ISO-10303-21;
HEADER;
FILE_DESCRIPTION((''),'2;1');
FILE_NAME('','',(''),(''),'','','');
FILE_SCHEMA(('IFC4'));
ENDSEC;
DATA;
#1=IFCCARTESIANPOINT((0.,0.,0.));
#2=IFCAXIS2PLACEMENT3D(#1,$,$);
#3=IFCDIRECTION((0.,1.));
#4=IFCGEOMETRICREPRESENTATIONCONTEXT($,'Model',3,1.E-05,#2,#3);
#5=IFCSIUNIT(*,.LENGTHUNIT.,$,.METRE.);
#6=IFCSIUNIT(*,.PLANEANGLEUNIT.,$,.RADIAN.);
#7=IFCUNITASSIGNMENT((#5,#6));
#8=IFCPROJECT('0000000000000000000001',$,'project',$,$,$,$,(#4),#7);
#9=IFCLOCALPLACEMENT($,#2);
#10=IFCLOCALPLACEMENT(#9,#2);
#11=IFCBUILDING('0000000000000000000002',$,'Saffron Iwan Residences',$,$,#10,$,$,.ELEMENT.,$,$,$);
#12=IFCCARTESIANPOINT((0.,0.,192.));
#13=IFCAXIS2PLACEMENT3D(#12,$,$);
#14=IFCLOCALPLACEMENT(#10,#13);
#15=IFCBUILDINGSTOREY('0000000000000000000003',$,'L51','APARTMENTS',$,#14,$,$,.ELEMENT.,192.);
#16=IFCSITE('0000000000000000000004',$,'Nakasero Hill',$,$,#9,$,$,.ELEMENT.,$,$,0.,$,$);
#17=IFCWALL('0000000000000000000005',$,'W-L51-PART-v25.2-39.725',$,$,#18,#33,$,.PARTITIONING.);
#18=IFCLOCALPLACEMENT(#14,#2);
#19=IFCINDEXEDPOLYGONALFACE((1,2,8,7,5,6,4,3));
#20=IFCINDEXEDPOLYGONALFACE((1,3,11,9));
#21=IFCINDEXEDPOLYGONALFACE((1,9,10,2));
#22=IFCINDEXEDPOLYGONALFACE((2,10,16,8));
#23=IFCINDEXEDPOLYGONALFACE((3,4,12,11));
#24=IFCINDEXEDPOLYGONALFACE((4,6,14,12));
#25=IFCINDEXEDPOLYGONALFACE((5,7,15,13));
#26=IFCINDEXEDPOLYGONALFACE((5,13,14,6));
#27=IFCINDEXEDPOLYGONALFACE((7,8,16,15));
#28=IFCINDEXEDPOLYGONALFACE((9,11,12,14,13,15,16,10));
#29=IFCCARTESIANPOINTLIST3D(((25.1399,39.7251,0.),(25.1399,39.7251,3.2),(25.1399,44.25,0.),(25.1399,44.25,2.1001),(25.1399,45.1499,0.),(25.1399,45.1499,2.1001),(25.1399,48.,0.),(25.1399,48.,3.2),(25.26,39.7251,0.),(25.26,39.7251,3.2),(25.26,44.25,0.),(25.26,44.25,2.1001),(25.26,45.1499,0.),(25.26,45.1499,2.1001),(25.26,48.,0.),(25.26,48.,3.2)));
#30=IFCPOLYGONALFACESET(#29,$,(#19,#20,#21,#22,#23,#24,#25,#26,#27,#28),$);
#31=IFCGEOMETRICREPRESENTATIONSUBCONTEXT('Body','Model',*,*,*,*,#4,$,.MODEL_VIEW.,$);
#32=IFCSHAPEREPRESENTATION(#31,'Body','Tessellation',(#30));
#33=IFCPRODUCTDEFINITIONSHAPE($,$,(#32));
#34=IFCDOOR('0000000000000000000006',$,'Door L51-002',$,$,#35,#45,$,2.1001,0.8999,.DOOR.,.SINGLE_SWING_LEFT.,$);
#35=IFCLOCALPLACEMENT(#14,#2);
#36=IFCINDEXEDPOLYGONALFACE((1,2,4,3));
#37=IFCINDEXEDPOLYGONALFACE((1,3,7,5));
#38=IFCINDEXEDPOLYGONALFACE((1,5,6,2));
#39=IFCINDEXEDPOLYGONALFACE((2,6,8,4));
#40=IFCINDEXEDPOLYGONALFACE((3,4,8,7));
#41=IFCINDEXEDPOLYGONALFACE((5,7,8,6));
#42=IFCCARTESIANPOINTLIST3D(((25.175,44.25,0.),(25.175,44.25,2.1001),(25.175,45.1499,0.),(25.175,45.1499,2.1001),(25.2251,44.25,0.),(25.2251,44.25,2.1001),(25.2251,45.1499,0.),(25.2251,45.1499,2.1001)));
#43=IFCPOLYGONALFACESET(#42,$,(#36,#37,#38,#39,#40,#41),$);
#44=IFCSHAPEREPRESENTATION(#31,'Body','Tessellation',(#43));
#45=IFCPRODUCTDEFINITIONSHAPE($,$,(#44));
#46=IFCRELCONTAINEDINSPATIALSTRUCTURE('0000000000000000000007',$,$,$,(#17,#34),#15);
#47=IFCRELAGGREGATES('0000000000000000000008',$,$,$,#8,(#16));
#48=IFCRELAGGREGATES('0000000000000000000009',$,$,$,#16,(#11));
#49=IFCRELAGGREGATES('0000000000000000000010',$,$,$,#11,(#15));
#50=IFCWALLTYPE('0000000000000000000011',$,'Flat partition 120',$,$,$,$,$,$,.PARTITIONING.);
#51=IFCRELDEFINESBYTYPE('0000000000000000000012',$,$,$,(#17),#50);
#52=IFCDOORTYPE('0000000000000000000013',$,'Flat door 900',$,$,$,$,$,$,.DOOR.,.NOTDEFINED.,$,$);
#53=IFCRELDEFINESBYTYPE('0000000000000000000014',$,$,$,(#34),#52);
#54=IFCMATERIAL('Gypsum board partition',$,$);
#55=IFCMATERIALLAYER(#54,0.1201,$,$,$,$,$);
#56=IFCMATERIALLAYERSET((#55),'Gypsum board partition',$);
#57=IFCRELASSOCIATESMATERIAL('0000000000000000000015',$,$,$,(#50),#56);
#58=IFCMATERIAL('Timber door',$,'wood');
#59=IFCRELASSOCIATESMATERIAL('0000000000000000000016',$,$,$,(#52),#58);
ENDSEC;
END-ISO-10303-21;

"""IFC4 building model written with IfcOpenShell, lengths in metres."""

from ifc_helpers import new_model, si_unit, direction, frame, frame_2d, origin, place, context, subcontext, project, spatial, rectangle, extrude, material, layer, layer_set, type_object, element, fill, save


model = new_model("IFC4")

# Units and contexts
model_context = context("Model", 3, precision=1e-05, world=origin(), true_north=direction((0.0, 1.0)))
body_context = subcontext(model_context, "Body", "Model", "MODEL_VIEW")
ifc_project = project(units=[si_unit("LENGTHUNIT", "METRE"), si_unit("PLANEANGLEUNIT", "RADIAN")], contexts=[model_context])

# Site, building, storey
site_placement = place(None, origin())
site = spatial("IfcSite", under=ifc_project, at=site_placement, Name="Nakasero Hill", CompositionType="ELEMENT", RefElevation=0.0)
building_placement = place(site_placement, origin())
building = spatial("IfcBuilding", under=site, at=building_placement, Name="Saffron Iwan Residences", CompositionType="ELEMENT")
storey_placement = place(building_placement, frame((0.0, 0.0, 192.0)))
storey = spatial("IfcBuildingStorey", under=building, at=storey_placement, Name="L51", Description="APARTMENTS", CompositionType="ELEMENT", Elevation=192.0)

# Shared definitions
ifc_material_1 = material(Name="Gypsum board partition")
ifc_layer_1 = layer(ifc_material_1, 0.1201)
ifc_layer_set_1 = layer_set([ifc_layer_1], Name="Gypsum board partition")
wall_type_1 = type_object("IfcWallType", Name="Flat partition 120", PredefinedType="PARTITIONING", material=ifc_layer_set_1)

# Shared definitions
ifc_material_2 = material(Name="Timber door", Category="wood")
door_type_1 = type_object("IfcDoorType", Name="Flat door 900", OperationType="NOTDEFINED", PredefinedType="DOOR", material=ifc_material_2)

# Wall, opening, door
wall_1_placement = place(storey_placement, frame((25.2, 39.7251, 0.0), z_axis=(0.0, 0.0, 1.0), x_axis=(0.0, 1.0, 0.0)))
wall_1 = element("IfcWall", 1, at=wall_1_placement, inside=storey, type_object=wall_type_1, Name="W-L51-PART-v25.2-39.725", PredefinedType="PARTITIONING", context=body_context, shape_type="SweptSolid", body=[
    extrude(rectangle(XDim=8.2749, YDim=0.1201, at=frame_2d((4.1375, 0.0))), origin(), (0.0, 0.0, 1.0), 3.2),
])
opening_1_placement = place(wall_1_placement, frame((4.5249, 0.0, 0.0)))
opening_1 = element("IfcOpeningElement", 2, at=opening_1_placement, cuts=wall_1, PredefinedType="OPENING", context=body_context, shape_type="SweptSolid", body=[
    extrude(rectangle(XDim=0.8999, YDim=2.1001, at=frame_2d((0.45, 1.05))), frame((0.0, 0.0701, 0.0), z_axis=(0.0, -1.0, 0.0), x_axis=(1.0, 0.0, 0.0)), (0.0, 0.0, 1.0), 0.1401),
])
door_1_placement = place(opening_1_placement, origin())
door_1 = element("IfcDoor", 3, at=door_1_placement, inside=storey, type_object=door_type_1, Name="Door L51-002", OperationType="SINGLE_SWING_LEFT", OverallHeight=2.1001, OverallWidth=0.8999, PredefinedType="DOOR", context=body_context, shape_type="SweptSolid", body=[
    extrude(rectangle(XDim=0.8999, YDim=2.1001, at=frame_2d((0.45, 1.05))), frame((0.0, 0.0249, 0.0), z_axis=(0.0, -1.0, 0.0), x_axis=(1.0, 0.0, 0.0)), (0.0, 0.0, 1.0), 0.05),
])
fill(opening_1, door_1)

save(model, "model.ifc")
